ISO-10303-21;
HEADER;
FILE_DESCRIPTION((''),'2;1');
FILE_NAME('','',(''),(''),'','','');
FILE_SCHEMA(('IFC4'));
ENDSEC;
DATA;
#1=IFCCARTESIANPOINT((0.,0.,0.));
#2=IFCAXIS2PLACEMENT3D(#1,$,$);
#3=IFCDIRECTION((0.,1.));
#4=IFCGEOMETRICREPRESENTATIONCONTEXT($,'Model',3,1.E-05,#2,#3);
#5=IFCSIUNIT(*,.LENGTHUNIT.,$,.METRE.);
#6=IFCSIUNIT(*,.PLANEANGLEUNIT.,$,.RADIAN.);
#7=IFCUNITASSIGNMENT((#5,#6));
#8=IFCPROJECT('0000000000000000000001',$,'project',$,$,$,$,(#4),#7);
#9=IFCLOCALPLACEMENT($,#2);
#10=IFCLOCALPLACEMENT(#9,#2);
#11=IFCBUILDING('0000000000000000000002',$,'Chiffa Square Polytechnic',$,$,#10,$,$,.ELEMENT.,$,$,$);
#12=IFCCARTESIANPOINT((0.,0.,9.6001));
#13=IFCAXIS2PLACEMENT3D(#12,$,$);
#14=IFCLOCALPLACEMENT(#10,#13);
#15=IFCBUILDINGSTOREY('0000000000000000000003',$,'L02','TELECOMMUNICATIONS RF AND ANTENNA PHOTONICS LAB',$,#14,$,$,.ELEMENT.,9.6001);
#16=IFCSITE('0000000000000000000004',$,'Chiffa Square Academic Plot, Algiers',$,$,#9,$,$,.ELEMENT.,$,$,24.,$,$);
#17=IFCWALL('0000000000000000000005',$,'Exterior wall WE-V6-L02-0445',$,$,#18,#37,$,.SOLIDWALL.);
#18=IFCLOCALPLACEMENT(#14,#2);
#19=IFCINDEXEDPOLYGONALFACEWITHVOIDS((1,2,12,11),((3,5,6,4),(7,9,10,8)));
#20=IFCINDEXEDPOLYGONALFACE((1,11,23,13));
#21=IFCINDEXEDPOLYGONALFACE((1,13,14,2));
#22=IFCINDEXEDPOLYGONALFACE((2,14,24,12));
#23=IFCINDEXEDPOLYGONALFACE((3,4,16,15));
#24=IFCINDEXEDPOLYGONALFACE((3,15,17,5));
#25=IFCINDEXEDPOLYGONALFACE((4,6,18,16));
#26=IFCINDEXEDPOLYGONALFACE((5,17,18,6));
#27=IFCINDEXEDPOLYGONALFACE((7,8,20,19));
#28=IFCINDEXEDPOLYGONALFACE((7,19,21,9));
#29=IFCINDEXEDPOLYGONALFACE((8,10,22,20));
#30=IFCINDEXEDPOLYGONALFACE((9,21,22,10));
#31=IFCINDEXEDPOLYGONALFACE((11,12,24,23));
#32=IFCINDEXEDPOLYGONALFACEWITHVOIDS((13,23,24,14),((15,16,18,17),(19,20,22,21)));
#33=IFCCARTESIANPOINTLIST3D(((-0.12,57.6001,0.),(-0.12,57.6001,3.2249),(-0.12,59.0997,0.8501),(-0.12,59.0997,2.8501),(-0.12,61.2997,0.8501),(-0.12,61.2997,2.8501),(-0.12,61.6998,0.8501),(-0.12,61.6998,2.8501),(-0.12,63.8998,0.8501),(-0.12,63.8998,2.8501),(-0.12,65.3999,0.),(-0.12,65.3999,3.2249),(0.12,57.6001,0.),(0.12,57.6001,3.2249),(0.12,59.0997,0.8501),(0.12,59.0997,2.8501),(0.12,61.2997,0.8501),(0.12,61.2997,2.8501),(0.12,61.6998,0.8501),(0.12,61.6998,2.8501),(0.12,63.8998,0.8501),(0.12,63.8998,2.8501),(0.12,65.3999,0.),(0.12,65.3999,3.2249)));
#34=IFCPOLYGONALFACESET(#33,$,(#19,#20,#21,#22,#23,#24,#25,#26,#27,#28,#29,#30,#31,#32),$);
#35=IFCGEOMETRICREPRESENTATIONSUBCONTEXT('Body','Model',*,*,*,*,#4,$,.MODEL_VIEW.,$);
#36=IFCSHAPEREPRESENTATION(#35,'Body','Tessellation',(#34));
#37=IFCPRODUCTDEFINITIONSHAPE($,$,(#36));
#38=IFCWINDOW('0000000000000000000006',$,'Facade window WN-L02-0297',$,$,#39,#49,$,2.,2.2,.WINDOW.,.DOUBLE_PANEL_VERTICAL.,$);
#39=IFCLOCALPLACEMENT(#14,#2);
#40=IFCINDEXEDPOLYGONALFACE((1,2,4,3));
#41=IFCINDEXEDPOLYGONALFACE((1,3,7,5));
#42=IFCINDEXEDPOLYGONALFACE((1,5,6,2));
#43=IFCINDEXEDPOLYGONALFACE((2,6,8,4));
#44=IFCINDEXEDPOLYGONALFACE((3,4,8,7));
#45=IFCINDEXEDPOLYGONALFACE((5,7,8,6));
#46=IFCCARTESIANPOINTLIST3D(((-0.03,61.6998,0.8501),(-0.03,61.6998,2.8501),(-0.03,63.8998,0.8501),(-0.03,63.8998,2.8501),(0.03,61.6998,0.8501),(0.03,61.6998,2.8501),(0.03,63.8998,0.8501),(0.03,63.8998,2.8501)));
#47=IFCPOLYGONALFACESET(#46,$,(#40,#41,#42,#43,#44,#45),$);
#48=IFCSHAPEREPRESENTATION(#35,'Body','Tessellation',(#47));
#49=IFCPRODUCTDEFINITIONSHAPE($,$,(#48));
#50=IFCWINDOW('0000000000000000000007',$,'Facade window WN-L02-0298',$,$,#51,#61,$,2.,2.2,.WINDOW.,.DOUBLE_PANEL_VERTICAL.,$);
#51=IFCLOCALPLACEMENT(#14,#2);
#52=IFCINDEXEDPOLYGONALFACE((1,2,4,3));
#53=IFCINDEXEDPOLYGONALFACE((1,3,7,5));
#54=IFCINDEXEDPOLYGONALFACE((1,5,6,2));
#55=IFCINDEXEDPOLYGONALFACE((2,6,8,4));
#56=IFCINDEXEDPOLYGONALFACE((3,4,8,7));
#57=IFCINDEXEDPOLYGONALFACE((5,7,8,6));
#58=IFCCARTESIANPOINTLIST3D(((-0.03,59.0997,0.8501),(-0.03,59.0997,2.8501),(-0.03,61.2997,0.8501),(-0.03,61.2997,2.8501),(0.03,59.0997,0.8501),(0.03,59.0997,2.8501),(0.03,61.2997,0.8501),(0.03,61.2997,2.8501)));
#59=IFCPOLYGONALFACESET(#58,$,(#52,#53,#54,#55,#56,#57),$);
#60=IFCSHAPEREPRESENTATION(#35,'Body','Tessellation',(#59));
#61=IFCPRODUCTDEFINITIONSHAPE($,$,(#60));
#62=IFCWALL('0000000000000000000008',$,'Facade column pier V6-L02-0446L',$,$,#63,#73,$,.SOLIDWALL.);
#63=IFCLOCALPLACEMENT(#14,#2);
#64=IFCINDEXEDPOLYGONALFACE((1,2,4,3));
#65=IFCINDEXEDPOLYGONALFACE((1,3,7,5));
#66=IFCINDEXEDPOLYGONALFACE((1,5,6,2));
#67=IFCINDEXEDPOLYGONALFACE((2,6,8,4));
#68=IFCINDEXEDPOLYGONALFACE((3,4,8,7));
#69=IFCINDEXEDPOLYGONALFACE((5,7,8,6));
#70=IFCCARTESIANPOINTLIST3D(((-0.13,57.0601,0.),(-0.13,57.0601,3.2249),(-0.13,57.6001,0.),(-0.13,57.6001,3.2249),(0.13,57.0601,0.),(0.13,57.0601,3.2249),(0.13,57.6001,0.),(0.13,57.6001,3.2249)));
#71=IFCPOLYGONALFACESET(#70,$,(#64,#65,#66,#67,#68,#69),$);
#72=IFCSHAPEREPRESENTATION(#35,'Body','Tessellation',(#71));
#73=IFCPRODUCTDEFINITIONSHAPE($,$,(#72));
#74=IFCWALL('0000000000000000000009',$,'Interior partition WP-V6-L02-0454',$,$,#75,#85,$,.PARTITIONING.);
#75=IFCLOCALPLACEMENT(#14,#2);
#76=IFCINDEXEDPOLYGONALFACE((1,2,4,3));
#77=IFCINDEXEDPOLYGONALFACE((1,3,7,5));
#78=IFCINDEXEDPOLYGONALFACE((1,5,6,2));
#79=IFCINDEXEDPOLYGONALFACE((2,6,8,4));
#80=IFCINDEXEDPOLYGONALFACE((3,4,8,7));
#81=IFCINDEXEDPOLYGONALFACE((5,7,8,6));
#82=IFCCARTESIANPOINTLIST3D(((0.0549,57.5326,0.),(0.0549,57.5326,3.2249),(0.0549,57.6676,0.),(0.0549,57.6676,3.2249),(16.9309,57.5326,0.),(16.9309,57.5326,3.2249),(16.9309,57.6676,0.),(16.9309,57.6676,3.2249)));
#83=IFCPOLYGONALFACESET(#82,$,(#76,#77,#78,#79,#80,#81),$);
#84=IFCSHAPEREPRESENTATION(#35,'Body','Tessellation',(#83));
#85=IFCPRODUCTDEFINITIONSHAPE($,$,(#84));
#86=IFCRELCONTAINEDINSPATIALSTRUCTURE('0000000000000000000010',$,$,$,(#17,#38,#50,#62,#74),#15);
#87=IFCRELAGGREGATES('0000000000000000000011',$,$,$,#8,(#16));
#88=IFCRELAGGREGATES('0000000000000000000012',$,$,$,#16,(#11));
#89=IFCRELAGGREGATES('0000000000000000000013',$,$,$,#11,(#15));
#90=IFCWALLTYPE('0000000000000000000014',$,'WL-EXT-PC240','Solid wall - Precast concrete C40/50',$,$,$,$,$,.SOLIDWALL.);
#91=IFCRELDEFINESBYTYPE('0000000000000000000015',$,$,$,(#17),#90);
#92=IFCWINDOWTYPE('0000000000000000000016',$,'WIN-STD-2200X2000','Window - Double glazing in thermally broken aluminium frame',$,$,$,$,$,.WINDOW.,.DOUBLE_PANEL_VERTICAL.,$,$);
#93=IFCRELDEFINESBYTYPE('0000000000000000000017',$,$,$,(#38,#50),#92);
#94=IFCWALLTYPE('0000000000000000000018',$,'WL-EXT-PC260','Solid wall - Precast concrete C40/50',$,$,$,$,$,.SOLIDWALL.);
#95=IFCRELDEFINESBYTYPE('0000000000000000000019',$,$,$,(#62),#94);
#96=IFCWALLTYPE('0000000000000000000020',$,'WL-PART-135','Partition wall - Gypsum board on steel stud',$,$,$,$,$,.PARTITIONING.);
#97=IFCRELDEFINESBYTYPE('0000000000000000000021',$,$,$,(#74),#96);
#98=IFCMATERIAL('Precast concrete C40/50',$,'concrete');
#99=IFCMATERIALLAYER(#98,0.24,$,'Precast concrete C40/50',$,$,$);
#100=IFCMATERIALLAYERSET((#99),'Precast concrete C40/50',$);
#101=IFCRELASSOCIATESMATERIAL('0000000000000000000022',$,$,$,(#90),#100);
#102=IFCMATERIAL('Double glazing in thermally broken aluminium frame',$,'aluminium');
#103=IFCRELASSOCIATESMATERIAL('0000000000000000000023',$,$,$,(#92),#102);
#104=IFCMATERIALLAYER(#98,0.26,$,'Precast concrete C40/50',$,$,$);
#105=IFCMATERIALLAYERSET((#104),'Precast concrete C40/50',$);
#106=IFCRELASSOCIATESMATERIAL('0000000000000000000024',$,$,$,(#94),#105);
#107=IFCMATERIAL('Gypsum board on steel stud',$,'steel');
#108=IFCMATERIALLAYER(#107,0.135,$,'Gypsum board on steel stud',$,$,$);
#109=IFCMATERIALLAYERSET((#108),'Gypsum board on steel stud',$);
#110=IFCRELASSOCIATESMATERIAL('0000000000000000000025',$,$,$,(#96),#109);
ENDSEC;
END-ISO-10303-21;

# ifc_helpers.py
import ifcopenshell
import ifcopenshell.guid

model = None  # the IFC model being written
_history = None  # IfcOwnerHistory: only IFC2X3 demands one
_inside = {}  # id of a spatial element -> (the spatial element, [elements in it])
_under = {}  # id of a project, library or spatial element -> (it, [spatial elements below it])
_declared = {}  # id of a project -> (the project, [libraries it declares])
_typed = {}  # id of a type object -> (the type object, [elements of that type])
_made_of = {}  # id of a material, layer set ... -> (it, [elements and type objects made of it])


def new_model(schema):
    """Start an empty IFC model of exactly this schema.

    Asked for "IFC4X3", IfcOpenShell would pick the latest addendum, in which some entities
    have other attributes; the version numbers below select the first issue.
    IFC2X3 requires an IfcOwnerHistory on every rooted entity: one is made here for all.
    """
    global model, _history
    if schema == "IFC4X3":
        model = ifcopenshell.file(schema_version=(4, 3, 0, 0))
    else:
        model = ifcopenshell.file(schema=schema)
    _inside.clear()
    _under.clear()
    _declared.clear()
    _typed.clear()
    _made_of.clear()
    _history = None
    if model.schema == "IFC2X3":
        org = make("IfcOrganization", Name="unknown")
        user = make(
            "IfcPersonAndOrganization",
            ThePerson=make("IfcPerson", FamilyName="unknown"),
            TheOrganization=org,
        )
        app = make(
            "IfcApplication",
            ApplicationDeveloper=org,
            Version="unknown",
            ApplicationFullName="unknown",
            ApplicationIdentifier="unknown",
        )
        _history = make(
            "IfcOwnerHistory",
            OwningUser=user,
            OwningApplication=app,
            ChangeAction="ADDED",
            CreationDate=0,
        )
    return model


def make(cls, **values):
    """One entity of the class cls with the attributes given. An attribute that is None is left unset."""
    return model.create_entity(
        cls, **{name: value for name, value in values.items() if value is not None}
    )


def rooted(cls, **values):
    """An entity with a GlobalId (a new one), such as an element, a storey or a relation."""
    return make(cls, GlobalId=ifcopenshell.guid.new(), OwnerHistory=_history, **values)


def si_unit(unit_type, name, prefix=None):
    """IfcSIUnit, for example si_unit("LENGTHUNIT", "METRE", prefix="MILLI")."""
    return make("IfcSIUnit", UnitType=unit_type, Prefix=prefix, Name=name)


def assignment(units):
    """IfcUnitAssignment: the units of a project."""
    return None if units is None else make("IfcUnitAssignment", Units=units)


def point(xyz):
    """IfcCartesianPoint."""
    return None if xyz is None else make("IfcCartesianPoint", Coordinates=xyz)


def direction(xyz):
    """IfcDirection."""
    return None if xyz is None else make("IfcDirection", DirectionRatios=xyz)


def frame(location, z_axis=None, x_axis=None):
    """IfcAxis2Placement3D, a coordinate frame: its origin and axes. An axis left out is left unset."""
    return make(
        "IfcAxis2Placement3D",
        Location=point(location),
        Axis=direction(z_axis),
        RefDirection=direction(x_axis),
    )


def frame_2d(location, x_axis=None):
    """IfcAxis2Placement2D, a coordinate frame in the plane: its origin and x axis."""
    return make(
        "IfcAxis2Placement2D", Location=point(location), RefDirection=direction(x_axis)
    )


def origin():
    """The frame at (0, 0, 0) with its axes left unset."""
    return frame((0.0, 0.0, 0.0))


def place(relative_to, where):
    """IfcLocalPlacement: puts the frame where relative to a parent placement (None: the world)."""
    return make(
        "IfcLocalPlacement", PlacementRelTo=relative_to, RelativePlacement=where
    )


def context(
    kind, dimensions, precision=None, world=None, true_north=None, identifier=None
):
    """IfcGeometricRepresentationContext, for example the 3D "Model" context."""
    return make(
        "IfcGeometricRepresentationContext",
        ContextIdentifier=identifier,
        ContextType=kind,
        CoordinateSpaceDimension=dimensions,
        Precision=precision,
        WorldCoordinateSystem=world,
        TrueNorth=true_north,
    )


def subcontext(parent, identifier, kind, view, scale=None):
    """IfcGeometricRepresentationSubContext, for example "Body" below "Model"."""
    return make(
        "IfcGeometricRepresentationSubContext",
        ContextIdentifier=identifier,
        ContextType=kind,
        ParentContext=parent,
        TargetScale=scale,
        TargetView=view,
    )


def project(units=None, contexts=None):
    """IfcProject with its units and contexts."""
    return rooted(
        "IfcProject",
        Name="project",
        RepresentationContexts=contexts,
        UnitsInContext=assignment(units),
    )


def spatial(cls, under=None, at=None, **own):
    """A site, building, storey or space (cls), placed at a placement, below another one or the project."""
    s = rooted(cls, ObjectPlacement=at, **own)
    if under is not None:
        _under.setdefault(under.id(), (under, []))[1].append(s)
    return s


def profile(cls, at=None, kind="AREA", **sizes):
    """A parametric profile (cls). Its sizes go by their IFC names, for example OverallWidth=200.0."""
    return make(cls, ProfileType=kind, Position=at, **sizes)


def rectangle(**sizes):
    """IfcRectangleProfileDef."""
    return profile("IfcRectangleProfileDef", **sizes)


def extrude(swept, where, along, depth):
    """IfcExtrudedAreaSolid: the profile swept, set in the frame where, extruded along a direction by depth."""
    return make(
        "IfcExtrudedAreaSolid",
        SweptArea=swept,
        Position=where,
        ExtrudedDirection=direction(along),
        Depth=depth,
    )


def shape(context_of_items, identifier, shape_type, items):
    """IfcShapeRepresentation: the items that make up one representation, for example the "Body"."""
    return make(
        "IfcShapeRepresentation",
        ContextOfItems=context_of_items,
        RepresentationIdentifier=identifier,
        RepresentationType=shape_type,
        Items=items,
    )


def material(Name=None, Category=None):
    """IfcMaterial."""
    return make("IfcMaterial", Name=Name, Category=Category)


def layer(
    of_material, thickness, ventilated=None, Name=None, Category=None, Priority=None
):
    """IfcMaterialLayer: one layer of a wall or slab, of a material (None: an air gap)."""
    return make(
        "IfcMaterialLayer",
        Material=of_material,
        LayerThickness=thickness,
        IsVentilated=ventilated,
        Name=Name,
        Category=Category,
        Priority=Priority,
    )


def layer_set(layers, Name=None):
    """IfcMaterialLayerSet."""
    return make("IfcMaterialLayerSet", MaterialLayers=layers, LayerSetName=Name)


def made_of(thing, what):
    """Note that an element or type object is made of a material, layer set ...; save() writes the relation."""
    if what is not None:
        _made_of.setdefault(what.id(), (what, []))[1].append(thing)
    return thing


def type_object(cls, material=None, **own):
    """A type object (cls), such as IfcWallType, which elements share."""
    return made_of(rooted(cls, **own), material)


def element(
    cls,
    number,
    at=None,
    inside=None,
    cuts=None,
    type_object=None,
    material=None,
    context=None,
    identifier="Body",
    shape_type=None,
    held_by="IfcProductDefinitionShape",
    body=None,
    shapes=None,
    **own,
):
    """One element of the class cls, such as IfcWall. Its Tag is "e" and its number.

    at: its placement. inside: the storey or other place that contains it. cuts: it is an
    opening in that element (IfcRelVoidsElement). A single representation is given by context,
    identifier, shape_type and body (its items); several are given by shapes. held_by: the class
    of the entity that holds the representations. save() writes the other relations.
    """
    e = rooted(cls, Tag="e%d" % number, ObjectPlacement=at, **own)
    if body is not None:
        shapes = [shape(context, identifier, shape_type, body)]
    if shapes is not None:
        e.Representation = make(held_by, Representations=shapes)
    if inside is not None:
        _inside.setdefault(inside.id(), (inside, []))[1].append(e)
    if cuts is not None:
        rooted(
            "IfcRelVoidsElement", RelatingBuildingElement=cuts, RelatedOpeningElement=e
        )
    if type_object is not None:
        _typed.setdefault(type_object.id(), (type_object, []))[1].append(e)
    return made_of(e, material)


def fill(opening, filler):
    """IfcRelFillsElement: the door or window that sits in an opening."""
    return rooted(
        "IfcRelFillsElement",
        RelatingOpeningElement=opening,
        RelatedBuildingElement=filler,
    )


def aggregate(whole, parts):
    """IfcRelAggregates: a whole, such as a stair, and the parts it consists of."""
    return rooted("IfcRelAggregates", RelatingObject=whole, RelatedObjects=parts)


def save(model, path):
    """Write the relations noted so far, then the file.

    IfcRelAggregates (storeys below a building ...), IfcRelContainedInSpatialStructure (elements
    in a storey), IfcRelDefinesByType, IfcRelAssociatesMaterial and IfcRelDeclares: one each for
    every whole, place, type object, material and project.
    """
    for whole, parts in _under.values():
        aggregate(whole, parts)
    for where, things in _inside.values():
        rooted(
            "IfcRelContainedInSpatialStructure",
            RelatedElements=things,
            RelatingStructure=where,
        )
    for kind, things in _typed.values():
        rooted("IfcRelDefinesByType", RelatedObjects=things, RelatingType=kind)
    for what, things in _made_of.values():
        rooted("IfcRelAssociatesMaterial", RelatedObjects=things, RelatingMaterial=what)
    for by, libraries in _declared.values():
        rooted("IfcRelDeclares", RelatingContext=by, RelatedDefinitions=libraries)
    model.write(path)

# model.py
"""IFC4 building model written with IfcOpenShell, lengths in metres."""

from ifc_helpers import new_model, si_unit, direction, frame, frame_2d, origin, place, context, subcontext, project, spatial, rectangle, extrude, material, layer, layer_set, type_object, element, fill, save


model = new_model("IFC4")

# Units and contexts
model_context = context("Model", 3, precision=1e-05, world=origin(), true_north=direction((0.0, 1.0)))
body_context = subcontext(model_context, "Body", "Model", "MODEL_VIEW")
ifc_project = project(units=[si_unit("LENGTHUNIT", "METRE"), si_unit("PLANEANGLEUNIT", "RADIAN")], contexts=[model_context])

# Site, building, storey
site_placement = place(None, origin())
site = spatial("IfcSite", under=ifc_project, at=site_placement, Name="Chiffa Square Academic Plot, Algiers", CompositionType="ELEMENT", RefElevation=24.0)
building_placement = place(site_placement, origin())
building = spatial("IfcBuilding", under=site, at=building_placement, Name="Chiffa Square Polytechnic", CompositionType="ELEMENT")
storey_placement = place(building_placement, frame((0.0, 0.0, 9.6001)))
storey = spatial("IfcBuildingStorey", under=building, at=storey_placement, Name="L02", Description="TELECOMMUNICATIONS RF AND ANTENNA PHOTONICS LAB", CompositionType="ELEMENT", Elevation=9.6001)

# Wall, openings, windows
ifc_material_1 = material(Name="Precast concrete C40/50", Category="concrete")
ifc_layer_1 = layer(ifc_material_1, 0.24, Name="Precast concrete C40/50")
ifc_layer_set_1 = layer_set([ifc_layer_1], Name="Precast concrete C40/50")
wall_type_1 = type_object("IfcWallType", Name="WL-EXT-PC240", Description="Solid wall - Precast concrete C40/50", PredefinedType="SOLIDWALL", material=ifc_layer_set_1)
wall_1_placement = place(storey_placement, frame((0.0, 65.3999, 0.0), z_axis=(0.0, 0.0, 1.0), x_axis=(0.0, -1.0, 0.0)))
wall_1 = element("IfcWall", 1, at=wall_1_placement, inside=storey, type_object=wall_type_1, Name="Exterior wall WE-V6-L02-0445", PredefinedType="SOLIDWALL", context=body_context, shape_type="SweptSolid", body=[
    extrude(rectangle(XDim=7.7998, YDim=0.24, at=frame_2d((3.8999, 0.0))), origin(), (0.0, 0.0, 1.0), 3.2249),
])
opening_1_placement = place(wall_1_placement, frame((1.5, 0.0, 0.8501)))
opening_1 = element("IfcOpeningElement", 2, at=opening_1_placement, cuts=wall_1, PredefinedType="OPENING", context=body_context, shape_type="SweptSolid", body=[
    extrude(rectangle(XDim=2.2, YDim=2.0, at=frame_2d((1.1001, 1.0))), frame((0.0, 0.1299, 0.0), z_axis=(0.0, -1.0, 0.0), x_axis=(1.0, 0.0, 0.0)), (0.0, 0.0, 1.0), 0.26),
])
opening_2_placement = place(wall_1_placement, frame((4.1001, 0.0, 0.8501)))
opening_2 = element("IfcOpeningElement", 3, at=opening_2_placement, cuts=wall_1, PredefinedType="OPENING", context=body_context, shape_type="SweptSolid", body=[
    extrude(rectangle(XDim=2.2, YDim=2.0, at=frame_2d((1.1001, 1.0))), frame((0.0, 0.1299, 0.0), z_axis=(0.0, -1.0, 0.0), x_axis=(1.0, 0.0, 0.0)), (0.0, 0.0, 1.0), 0.26),
])
ifc_material_2 = material(Name="Double glazing in thermally broken aluminium frame", Category="aluminium")
window_type = type_object("IfcWindowType", Name="WIN-STD-2200X2000", Description="Window - Double glazing in thermally broken aluminium frame", PartitioningType="DOUBLE_PANEL_VERTICAL", PredefinedType="WINDOW", material=ifc_material_2)
window_1_placement = place(opening_1_placement, origin())
window_1 = element("IfcWindow", 4, at=window_1_placement, inside=storey, type_object=window_type, Name="Facade window WN-L02-0297", OverallHeight=2.0, OverallWidth=2.2, PartitioningType="DOUBLE_PANEL_VERTICAL", PredefinedType="WINDOW", context=body_context, shape_type="SweptSolid", body=[
    extrude(rectangle(XDim=2.2, YDim=2.0, at=frame_2d((1.1001, 1.0))), frame((0.0, 0.03, 0.0), z_axis=(0.0, -1.0, 0.0), x_axis=(1.0, 0.0, 0.0)), (0.0, 0.0, 1.0), 0.0601),
])
fill(opening_1, window_1)
window_2_placement = place(opening_2_placement, origin())
window_2 = element("IfcWindow", 5, at=window_2_placement, inside=storey, type_object=window_type, Name="Facade window WN-L02-0298", OverallHeight=2.0, OverallWidth=2.2, PartitioningType="DOUBLE_PANEL_VERTICAL", PredefinedType="WINDOW", context=body_context, shape_type="SweptSolid", body=[
    extrude(rectangle(XDim=2.2, YDim=2.0, at=frame_2d((1.1001, 1.0))), frame((0.0, 0.03, 0.0), z_axis=(0.0, -1.0, 0.0), x_axis=(1.0, 0.0, 0.0)), (0.0, 0.0, 1.0), 0.0601),
])
fill(opening_2, window_2)

# Walls
ifc_layer_2 = layer(ifc_material_1, 0.26, Name="Precast concrete C40/50")
ifc_layer_set_2 = layer_set([ifc_layer_2], Name="Precast concrete C40/50")
wall_type_2 = type_object("IfcWallType", Name="WL-EXT-PC260", Description="Solid wall - Precast concrete C40/50", PredefinedType="SOLIDWALL", material=ifc_layer_set_2)
wall_2_placement = place(storey_placement, frame((0.0, 57.6001, 0.0), z_axis=(0.0, 0.0, 1.0), x_axis=(0.0, -1.0, 0.0)))
element("IfcWall", 6, at=wall_2_placement, inside=storey, type_object=wall_type_2, Name="Facade column pier V6-L02-0446L", PredefinedType="SOLIDWALL", context=body_context, shape_type="SweptSolid", body=[
    extrude(rectangle(XDim=0.54, YDim=0.26, at=frame_2d((0.27, 0.0))), origin(), (0.0, 0.0, 1.0), 3.2249),
])
ifc_material_3 = material(Name="Gypsum board on steel stud", Category="steel")
ifc_layer_3 = layer(ifc_material_3, 0.135, Name="Gypsum board on steel stud")
ifc_layer_set_3 = layer_set([ifc_layer_3], Name="Gypsum board on steel stud")
wall_type_3 = type_object("IfcWallType", Name="WL-PART-135", Description="Partition wall - Gypsum board on steel stud", PredefinedType="PARTITIONING", material=ifc_layer_set_3)
wall_3_placement = place(storey_placement, frame((0.0549, 57.6001, 0.0), z_axis=(0.0, 0.0, 1.0), x_axis=(1.0, 0.0, 0.0)))
element("IfcWall", 7, at=wall_3_placement, inside=storey, type_object=wall_type_3, Name="Interior partition WP-V6-L02-0454", PredefinedType="PARTITIONING", context=body_context, shape_type="SweptSolid", body=[
    extrude(rectangle(XDim=16.876, YDim=0.135, at=frame_2d((8.438, 0.0))), origin(), (0.0, 0.0, 1.0), 3.2249),
])

save(model, "model.ifc")
